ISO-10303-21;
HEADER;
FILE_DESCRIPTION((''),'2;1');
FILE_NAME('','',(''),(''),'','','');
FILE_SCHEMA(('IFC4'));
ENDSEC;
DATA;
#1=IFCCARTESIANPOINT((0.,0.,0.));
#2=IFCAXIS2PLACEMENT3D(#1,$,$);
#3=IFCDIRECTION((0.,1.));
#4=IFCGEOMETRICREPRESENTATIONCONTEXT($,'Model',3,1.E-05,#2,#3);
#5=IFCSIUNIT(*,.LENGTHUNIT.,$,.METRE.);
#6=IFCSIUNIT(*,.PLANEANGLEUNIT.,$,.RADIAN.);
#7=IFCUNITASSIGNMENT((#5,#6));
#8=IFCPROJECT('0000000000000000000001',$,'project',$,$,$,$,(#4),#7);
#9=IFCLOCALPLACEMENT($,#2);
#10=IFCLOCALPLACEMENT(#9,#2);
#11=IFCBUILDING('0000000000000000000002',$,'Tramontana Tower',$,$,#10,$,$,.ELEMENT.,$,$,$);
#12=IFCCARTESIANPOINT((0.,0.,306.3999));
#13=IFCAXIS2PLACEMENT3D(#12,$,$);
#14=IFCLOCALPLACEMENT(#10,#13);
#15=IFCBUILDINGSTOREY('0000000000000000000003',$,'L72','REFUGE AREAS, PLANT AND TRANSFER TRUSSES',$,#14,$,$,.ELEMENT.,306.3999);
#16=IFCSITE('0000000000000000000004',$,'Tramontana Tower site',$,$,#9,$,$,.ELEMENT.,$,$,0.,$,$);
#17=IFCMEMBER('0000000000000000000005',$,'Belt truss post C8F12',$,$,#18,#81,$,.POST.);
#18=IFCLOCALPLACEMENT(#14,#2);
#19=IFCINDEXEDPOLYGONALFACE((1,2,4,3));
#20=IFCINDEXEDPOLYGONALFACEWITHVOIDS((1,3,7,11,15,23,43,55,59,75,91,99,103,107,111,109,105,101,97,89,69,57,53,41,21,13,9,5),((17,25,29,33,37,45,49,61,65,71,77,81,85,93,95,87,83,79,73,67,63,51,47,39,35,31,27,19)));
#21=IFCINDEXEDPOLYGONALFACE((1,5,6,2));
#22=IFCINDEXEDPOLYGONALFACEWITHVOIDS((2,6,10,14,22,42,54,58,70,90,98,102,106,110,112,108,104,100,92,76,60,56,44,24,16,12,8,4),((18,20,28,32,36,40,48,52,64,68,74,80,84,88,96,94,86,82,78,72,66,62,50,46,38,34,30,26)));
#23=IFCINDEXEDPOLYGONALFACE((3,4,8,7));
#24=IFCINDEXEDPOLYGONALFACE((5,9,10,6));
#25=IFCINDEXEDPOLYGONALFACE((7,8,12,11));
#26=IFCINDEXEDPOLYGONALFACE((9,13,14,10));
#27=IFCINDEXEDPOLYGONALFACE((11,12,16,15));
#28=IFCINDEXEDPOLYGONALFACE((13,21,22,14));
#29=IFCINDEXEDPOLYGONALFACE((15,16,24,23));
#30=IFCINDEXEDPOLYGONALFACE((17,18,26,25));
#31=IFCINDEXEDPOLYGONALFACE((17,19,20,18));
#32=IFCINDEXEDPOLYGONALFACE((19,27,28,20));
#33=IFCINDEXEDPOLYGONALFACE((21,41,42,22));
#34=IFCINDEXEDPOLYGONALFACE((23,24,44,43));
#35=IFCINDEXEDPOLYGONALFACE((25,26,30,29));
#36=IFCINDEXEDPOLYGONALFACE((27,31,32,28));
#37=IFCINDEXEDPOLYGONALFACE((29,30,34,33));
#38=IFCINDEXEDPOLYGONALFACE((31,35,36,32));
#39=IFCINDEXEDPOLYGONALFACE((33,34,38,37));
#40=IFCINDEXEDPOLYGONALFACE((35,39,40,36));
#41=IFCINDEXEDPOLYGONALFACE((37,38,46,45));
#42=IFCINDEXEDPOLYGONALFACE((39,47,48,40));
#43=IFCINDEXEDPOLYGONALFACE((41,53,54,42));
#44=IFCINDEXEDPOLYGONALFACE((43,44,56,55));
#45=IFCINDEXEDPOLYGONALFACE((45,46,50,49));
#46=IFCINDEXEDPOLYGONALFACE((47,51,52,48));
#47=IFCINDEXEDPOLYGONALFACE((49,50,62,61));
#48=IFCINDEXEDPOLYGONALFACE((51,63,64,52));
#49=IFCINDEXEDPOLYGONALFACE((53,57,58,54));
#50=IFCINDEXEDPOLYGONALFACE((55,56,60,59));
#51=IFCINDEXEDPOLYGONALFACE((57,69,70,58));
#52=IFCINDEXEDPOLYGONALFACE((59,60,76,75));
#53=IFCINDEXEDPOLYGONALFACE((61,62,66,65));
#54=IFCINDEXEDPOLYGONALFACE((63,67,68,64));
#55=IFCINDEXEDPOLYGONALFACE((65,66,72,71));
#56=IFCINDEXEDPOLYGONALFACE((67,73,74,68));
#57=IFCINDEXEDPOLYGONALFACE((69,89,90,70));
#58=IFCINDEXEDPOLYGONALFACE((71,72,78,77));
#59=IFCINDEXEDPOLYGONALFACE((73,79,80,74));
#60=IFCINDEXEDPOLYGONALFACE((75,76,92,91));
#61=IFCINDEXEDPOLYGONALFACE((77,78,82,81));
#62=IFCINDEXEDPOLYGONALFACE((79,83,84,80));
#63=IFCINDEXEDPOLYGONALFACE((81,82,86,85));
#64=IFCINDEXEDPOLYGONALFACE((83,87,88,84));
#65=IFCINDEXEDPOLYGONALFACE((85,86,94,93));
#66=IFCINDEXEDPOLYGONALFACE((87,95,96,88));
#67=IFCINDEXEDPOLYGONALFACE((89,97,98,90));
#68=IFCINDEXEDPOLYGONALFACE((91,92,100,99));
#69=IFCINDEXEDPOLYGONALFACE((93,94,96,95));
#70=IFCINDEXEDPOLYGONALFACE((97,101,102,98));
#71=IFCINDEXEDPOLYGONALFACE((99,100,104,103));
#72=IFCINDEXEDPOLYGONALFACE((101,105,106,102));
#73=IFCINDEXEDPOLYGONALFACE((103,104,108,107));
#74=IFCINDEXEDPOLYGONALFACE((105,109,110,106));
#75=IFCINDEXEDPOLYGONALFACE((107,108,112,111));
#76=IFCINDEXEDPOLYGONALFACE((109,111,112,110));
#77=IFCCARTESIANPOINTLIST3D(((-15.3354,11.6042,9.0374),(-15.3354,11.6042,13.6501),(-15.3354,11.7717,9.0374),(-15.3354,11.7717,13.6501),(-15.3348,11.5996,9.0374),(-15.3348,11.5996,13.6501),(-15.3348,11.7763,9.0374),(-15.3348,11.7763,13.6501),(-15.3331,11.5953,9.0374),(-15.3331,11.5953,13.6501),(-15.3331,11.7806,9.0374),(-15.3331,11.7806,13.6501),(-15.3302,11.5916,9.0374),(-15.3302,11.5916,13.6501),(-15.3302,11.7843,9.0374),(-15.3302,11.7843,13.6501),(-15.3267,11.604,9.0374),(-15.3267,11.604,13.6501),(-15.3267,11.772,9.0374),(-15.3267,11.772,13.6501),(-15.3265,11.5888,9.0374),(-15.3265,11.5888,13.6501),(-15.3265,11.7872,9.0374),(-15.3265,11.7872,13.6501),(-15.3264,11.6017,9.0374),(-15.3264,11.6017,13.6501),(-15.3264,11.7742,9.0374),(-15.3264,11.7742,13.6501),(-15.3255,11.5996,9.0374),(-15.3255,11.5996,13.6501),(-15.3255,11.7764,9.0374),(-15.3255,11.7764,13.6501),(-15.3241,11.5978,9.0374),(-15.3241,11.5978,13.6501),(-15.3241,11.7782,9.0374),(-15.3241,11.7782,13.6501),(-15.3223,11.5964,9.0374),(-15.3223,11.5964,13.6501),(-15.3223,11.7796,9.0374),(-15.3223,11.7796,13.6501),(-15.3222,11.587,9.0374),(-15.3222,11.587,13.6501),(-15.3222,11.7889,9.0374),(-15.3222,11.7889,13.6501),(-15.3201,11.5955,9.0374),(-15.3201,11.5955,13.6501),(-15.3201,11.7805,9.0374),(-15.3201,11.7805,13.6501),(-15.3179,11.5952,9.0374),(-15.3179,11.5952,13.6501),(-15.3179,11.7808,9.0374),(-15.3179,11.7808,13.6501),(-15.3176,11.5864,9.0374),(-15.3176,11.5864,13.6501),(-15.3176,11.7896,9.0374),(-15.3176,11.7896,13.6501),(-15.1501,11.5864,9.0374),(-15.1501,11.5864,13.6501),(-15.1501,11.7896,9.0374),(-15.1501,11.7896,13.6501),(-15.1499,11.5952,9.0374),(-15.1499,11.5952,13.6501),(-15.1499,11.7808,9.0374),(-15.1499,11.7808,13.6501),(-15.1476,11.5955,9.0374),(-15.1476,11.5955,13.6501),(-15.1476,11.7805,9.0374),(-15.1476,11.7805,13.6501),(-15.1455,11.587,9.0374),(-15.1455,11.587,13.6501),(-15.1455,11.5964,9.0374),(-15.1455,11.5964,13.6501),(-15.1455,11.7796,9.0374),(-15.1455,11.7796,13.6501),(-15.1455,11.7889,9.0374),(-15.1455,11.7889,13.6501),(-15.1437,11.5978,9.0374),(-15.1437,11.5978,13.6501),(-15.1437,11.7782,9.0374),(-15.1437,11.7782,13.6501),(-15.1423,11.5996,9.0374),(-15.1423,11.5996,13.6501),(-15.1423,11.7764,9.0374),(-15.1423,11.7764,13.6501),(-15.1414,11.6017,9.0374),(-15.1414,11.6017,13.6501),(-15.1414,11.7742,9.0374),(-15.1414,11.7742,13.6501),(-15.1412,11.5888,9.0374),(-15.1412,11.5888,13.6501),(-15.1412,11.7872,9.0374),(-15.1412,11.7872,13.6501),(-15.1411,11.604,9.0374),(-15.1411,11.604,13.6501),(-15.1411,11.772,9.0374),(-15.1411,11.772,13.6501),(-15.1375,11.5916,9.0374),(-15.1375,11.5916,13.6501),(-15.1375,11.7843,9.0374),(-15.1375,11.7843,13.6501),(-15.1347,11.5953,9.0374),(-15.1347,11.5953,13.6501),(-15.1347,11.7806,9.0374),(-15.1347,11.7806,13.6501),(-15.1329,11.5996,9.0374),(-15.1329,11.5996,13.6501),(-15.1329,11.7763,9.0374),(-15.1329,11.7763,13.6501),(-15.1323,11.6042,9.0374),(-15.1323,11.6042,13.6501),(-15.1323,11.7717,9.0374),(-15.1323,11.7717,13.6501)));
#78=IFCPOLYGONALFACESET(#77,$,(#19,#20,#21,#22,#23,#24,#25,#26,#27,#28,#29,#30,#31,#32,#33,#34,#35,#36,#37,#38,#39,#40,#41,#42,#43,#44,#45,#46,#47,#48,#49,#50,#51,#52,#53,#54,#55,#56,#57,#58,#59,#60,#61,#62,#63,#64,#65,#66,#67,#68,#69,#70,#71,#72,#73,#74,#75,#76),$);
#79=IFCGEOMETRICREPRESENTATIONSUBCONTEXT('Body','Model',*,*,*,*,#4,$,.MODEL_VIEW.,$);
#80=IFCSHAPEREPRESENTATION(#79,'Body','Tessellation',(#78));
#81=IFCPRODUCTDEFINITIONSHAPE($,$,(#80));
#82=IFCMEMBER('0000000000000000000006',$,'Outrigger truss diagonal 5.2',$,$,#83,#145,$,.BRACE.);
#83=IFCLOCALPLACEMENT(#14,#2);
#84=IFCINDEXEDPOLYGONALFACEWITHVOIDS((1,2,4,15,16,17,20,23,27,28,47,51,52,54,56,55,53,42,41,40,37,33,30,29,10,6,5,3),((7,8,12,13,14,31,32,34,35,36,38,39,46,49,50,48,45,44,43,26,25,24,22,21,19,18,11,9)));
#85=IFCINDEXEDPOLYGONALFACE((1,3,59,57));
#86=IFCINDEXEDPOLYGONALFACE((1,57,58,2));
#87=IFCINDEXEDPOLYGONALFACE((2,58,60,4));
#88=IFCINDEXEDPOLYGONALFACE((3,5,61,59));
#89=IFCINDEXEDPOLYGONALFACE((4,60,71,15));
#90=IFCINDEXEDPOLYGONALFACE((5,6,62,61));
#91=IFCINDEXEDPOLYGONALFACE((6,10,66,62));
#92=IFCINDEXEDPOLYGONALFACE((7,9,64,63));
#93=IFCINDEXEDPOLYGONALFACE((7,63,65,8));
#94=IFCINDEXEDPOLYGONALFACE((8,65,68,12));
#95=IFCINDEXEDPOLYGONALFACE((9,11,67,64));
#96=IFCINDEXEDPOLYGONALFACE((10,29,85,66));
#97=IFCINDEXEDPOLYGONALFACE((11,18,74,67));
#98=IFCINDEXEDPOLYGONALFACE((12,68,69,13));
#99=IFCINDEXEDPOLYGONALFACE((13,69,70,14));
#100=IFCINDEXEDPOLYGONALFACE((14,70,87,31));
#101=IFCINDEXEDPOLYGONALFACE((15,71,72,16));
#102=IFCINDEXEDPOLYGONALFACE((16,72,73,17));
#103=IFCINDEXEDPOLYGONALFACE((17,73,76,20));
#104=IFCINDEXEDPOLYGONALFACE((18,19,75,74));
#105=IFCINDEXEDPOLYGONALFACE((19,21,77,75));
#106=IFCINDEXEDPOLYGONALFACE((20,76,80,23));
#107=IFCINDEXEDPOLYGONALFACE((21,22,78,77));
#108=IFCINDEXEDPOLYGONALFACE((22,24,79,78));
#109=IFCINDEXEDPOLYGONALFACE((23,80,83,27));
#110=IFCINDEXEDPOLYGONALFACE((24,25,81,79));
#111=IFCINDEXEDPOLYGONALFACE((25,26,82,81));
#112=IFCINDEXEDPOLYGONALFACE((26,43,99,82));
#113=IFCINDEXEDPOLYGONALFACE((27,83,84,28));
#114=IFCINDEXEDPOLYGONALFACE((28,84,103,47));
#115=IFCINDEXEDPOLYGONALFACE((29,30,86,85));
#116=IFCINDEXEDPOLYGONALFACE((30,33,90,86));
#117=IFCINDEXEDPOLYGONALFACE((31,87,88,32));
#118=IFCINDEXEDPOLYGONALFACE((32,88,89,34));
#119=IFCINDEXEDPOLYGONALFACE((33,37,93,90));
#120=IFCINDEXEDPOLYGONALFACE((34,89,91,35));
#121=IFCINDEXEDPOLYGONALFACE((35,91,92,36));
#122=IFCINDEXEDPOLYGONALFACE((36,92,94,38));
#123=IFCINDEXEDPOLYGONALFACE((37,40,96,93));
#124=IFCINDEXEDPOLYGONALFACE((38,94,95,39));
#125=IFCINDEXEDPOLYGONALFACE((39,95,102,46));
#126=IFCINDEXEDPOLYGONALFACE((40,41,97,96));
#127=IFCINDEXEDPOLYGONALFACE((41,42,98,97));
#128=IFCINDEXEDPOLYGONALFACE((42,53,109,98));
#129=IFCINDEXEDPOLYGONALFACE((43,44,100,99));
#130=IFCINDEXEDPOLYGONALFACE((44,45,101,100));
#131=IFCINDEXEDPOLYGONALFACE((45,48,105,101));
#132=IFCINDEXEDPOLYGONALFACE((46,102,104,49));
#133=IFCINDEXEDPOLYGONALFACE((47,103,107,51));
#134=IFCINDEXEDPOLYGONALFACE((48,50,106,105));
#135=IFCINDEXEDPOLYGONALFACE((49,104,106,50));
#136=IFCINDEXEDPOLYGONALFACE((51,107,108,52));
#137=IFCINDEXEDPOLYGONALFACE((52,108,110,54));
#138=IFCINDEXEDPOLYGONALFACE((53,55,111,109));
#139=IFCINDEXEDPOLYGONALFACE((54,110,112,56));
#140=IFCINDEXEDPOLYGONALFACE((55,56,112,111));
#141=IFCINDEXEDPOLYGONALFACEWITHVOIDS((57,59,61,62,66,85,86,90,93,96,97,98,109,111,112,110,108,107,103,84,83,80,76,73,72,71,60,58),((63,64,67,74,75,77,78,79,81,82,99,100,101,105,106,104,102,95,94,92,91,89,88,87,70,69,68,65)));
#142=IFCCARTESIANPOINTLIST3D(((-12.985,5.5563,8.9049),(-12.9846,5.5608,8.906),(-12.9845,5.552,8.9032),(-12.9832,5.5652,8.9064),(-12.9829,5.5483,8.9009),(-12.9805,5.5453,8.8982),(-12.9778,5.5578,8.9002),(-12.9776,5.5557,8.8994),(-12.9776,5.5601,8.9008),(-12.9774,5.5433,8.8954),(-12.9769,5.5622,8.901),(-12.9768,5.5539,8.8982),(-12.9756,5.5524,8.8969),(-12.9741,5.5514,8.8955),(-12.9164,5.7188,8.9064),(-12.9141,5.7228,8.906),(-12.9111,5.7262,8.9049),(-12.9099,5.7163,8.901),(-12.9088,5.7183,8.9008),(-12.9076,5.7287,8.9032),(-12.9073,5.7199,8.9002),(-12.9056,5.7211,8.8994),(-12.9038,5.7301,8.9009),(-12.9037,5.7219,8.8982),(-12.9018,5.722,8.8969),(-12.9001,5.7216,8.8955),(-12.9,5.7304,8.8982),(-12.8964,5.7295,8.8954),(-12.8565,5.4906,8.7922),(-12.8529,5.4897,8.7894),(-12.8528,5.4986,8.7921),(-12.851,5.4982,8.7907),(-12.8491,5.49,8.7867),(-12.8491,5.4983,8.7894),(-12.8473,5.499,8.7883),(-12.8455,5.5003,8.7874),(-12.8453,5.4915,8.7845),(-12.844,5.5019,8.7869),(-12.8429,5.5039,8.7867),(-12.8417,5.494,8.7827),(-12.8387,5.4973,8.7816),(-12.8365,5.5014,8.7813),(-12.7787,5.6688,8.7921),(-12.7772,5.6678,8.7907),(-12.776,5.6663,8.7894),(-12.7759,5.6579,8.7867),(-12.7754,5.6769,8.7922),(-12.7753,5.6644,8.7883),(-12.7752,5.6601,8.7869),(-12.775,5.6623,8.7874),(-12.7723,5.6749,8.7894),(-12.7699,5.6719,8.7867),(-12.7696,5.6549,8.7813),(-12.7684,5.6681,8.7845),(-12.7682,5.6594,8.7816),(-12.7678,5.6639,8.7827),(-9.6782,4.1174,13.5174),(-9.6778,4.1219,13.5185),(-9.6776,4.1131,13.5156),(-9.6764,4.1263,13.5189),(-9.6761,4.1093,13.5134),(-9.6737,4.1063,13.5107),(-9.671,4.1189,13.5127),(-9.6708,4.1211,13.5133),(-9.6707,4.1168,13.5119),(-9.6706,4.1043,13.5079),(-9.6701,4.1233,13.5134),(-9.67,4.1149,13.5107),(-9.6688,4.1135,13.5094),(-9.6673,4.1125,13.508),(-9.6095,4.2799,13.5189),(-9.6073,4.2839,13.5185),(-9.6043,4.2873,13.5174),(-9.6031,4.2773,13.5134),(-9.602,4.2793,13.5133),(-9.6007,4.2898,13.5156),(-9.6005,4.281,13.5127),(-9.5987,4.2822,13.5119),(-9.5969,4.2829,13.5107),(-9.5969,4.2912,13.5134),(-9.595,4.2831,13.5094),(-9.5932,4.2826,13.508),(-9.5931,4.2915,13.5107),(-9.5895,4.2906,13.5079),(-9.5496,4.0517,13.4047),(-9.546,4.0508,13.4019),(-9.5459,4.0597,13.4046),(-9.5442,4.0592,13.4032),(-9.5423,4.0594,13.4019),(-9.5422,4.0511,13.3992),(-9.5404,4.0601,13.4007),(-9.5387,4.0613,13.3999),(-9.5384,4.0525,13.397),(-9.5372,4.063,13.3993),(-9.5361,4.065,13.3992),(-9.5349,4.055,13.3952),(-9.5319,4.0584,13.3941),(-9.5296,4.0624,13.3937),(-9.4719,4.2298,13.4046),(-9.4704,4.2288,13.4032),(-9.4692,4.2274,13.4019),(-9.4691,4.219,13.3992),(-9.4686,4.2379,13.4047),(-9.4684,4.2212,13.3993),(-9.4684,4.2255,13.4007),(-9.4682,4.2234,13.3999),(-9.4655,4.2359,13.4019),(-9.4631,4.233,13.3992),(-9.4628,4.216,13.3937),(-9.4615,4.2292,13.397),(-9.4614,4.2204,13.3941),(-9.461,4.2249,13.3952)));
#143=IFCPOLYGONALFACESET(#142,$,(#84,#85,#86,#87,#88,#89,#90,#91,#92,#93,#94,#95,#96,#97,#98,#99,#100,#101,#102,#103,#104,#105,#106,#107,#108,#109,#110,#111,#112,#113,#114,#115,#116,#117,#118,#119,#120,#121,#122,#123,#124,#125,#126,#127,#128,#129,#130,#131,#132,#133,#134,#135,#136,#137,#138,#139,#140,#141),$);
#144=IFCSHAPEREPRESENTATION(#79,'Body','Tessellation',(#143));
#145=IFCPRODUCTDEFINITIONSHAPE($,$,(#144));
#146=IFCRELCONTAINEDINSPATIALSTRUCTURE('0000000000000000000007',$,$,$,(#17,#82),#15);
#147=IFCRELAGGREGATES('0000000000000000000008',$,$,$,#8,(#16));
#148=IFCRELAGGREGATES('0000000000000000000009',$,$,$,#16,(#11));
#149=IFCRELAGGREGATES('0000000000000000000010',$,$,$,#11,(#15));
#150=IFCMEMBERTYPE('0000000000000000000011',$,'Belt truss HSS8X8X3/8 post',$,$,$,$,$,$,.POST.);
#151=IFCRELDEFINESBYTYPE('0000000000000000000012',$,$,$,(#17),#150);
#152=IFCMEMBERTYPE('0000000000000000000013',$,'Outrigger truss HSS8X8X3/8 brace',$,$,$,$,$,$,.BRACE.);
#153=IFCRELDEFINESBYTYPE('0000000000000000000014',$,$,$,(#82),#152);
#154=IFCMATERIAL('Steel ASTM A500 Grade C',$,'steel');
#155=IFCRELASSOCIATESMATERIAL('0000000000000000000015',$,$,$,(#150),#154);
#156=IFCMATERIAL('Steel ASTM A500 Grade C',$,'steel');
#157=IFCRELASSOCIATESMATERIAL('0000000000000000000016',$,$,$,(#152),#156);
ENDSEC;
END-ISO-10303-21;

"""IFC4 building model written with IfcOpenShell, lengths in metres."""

from ifc_helpers import new_model, si_unit, direction, frame, origin, origin_2d, place, context, subcontext, project, spatial, hollow_rectangle, extrude, material, material_profile, profile_set, type_object, element, save


model = new_model("IFC4")

# Units and contexts
model_context = context("Model", 3, precision=1e-05, world=origin(), true_north=direction((0.0, 1.0)))
body_context = subcontext(model_context, "Body", "Model", "MODEL_VIEW")
ifc_project = project(units=[si_unit("LENGTHUNIT", "METRE"), si_unit("PLANEANGLEUNIT", "RADIAN")], contexts=[model_context])

# Site, building, storey
site_placement = place(None, origin())
site = spatial("IfcSite", under=ifc_project, at=site_placement, Name="Tramontana Tower site", CompositionType="ELEMENT", RefElevation=0.0)
building_placement = place(site_placement, origin())
building = spatial("IfcBuilding", under=site, at=building_placement, Name="Tramontana Tower", CompositionType="ELEMENT")
storey_placement = place(building_placement, frame((0.0, 0.0, 306.3999)))
storey = spatial("IfcBuildingStorey", under=building, at=storey_placement, Name="L72", Description="REFUGE AREAS, PLANT AND TRANSFER TRUSSES", CompositionType="ELEMENT", Elevation=306.3999)

# Members
ifc_material_1 = material(Name="Steel ASTM A500 Grade C", Category="steel")
ifc_material_profile_1 = material_profile(ifc_material_1, hollow_rectangle(XDim=0.2031, YDim=0.2031, WallThickness=0.0088, InnerFilletRadius=0.0088, OuterFilletRadius=0.0178, at=origin_2d()), Name="HSS8X8X3/8")
ifc_profile_set_1 = profile_set([ifc_material_profile_1], Name="Steel ASTM A500 Grade C")
member_type_1 = type_object("IfcMemberType", Name="Belt truss HSS8X8X3/8 post", PredefinedType="POST", material=ifc_profile_set_1)
for number, where, z_axis, x_axis, name in (
    (1, (-15.2339, 11.688, 9.0374), (0.0, 0.0, 1.0), (1.0, 0.0, 0.0), "Belt truss post C8F12"),
):
    element("IfcMember", number, at=place(storey_placement, frame(where, z_axis=z_axis, x_axis=x_axis)), inside=storey, type_object=member_type_1, Name=name, PredefinedType="POST", context=body_context, shape_type="SweptSolid", body=[
        extrude(hollow_rectangle(XDim=0.2031, YDim=0.2031, WallThickness=0.0088, InnerFilletRadius=0.0088, OuterFilletRadius=0.0178, at=origin_2d()), origin(), (0.0, 0.0, 1.0), 4.6128),
    ])
ifc_material_2 = material(Name="Steel ASTM A500 Grade C", Category="steel")
ifc_material_profile_2 = material_profile(ifc_material_2, hollow_rectangle(XDim=0.2031, YDim=0.2031, WallThickness=0.0088, InnerFilletRadius=0.0088, OuterFilletRadius=0.0178, at=origin_2d()), Name="HSS8X8X3/8")
ifc_profile_set_2 = profile_set([ifc_material_profile_2], Name="Steel ASTM A500 Grade C")
member_type_2 = type_object("IfcMemberType", Name="Outrigger truss HSS8X8X3/8 brace", PredefinedType="BRACE", material=ifc_profile_set_2)
for number, where, z_axis, x_axis, name in (
    (2, (-9.5696, 4.1711, 13.4563), (-0.564791, 0.245764, -0.787789), (-0.399003, -0.916949, 0.0), "Outrigger truss diagonal 5.2"),
):
    element("IfcMember", number, at=place(storey_placement, frame(where, z_axis=z_axis, x_axis=x_axis)), inside=storey, type_object=member_type_2, Name=name, PredefinedType="BRACE", context=body_context, shape_type="SweptSolid", body=[
        extrude(hollow_rectangle(XDim=0.2031, YDim=0.2031, WallThickness=0.0088, InnerFilletRadius=0.0088, OuterFilletRadius=0.0178, at=origin_2d()), origin(), (0.0, 0.0, 1.0), 5.855),
    ])

save(model, "model.ifc")
